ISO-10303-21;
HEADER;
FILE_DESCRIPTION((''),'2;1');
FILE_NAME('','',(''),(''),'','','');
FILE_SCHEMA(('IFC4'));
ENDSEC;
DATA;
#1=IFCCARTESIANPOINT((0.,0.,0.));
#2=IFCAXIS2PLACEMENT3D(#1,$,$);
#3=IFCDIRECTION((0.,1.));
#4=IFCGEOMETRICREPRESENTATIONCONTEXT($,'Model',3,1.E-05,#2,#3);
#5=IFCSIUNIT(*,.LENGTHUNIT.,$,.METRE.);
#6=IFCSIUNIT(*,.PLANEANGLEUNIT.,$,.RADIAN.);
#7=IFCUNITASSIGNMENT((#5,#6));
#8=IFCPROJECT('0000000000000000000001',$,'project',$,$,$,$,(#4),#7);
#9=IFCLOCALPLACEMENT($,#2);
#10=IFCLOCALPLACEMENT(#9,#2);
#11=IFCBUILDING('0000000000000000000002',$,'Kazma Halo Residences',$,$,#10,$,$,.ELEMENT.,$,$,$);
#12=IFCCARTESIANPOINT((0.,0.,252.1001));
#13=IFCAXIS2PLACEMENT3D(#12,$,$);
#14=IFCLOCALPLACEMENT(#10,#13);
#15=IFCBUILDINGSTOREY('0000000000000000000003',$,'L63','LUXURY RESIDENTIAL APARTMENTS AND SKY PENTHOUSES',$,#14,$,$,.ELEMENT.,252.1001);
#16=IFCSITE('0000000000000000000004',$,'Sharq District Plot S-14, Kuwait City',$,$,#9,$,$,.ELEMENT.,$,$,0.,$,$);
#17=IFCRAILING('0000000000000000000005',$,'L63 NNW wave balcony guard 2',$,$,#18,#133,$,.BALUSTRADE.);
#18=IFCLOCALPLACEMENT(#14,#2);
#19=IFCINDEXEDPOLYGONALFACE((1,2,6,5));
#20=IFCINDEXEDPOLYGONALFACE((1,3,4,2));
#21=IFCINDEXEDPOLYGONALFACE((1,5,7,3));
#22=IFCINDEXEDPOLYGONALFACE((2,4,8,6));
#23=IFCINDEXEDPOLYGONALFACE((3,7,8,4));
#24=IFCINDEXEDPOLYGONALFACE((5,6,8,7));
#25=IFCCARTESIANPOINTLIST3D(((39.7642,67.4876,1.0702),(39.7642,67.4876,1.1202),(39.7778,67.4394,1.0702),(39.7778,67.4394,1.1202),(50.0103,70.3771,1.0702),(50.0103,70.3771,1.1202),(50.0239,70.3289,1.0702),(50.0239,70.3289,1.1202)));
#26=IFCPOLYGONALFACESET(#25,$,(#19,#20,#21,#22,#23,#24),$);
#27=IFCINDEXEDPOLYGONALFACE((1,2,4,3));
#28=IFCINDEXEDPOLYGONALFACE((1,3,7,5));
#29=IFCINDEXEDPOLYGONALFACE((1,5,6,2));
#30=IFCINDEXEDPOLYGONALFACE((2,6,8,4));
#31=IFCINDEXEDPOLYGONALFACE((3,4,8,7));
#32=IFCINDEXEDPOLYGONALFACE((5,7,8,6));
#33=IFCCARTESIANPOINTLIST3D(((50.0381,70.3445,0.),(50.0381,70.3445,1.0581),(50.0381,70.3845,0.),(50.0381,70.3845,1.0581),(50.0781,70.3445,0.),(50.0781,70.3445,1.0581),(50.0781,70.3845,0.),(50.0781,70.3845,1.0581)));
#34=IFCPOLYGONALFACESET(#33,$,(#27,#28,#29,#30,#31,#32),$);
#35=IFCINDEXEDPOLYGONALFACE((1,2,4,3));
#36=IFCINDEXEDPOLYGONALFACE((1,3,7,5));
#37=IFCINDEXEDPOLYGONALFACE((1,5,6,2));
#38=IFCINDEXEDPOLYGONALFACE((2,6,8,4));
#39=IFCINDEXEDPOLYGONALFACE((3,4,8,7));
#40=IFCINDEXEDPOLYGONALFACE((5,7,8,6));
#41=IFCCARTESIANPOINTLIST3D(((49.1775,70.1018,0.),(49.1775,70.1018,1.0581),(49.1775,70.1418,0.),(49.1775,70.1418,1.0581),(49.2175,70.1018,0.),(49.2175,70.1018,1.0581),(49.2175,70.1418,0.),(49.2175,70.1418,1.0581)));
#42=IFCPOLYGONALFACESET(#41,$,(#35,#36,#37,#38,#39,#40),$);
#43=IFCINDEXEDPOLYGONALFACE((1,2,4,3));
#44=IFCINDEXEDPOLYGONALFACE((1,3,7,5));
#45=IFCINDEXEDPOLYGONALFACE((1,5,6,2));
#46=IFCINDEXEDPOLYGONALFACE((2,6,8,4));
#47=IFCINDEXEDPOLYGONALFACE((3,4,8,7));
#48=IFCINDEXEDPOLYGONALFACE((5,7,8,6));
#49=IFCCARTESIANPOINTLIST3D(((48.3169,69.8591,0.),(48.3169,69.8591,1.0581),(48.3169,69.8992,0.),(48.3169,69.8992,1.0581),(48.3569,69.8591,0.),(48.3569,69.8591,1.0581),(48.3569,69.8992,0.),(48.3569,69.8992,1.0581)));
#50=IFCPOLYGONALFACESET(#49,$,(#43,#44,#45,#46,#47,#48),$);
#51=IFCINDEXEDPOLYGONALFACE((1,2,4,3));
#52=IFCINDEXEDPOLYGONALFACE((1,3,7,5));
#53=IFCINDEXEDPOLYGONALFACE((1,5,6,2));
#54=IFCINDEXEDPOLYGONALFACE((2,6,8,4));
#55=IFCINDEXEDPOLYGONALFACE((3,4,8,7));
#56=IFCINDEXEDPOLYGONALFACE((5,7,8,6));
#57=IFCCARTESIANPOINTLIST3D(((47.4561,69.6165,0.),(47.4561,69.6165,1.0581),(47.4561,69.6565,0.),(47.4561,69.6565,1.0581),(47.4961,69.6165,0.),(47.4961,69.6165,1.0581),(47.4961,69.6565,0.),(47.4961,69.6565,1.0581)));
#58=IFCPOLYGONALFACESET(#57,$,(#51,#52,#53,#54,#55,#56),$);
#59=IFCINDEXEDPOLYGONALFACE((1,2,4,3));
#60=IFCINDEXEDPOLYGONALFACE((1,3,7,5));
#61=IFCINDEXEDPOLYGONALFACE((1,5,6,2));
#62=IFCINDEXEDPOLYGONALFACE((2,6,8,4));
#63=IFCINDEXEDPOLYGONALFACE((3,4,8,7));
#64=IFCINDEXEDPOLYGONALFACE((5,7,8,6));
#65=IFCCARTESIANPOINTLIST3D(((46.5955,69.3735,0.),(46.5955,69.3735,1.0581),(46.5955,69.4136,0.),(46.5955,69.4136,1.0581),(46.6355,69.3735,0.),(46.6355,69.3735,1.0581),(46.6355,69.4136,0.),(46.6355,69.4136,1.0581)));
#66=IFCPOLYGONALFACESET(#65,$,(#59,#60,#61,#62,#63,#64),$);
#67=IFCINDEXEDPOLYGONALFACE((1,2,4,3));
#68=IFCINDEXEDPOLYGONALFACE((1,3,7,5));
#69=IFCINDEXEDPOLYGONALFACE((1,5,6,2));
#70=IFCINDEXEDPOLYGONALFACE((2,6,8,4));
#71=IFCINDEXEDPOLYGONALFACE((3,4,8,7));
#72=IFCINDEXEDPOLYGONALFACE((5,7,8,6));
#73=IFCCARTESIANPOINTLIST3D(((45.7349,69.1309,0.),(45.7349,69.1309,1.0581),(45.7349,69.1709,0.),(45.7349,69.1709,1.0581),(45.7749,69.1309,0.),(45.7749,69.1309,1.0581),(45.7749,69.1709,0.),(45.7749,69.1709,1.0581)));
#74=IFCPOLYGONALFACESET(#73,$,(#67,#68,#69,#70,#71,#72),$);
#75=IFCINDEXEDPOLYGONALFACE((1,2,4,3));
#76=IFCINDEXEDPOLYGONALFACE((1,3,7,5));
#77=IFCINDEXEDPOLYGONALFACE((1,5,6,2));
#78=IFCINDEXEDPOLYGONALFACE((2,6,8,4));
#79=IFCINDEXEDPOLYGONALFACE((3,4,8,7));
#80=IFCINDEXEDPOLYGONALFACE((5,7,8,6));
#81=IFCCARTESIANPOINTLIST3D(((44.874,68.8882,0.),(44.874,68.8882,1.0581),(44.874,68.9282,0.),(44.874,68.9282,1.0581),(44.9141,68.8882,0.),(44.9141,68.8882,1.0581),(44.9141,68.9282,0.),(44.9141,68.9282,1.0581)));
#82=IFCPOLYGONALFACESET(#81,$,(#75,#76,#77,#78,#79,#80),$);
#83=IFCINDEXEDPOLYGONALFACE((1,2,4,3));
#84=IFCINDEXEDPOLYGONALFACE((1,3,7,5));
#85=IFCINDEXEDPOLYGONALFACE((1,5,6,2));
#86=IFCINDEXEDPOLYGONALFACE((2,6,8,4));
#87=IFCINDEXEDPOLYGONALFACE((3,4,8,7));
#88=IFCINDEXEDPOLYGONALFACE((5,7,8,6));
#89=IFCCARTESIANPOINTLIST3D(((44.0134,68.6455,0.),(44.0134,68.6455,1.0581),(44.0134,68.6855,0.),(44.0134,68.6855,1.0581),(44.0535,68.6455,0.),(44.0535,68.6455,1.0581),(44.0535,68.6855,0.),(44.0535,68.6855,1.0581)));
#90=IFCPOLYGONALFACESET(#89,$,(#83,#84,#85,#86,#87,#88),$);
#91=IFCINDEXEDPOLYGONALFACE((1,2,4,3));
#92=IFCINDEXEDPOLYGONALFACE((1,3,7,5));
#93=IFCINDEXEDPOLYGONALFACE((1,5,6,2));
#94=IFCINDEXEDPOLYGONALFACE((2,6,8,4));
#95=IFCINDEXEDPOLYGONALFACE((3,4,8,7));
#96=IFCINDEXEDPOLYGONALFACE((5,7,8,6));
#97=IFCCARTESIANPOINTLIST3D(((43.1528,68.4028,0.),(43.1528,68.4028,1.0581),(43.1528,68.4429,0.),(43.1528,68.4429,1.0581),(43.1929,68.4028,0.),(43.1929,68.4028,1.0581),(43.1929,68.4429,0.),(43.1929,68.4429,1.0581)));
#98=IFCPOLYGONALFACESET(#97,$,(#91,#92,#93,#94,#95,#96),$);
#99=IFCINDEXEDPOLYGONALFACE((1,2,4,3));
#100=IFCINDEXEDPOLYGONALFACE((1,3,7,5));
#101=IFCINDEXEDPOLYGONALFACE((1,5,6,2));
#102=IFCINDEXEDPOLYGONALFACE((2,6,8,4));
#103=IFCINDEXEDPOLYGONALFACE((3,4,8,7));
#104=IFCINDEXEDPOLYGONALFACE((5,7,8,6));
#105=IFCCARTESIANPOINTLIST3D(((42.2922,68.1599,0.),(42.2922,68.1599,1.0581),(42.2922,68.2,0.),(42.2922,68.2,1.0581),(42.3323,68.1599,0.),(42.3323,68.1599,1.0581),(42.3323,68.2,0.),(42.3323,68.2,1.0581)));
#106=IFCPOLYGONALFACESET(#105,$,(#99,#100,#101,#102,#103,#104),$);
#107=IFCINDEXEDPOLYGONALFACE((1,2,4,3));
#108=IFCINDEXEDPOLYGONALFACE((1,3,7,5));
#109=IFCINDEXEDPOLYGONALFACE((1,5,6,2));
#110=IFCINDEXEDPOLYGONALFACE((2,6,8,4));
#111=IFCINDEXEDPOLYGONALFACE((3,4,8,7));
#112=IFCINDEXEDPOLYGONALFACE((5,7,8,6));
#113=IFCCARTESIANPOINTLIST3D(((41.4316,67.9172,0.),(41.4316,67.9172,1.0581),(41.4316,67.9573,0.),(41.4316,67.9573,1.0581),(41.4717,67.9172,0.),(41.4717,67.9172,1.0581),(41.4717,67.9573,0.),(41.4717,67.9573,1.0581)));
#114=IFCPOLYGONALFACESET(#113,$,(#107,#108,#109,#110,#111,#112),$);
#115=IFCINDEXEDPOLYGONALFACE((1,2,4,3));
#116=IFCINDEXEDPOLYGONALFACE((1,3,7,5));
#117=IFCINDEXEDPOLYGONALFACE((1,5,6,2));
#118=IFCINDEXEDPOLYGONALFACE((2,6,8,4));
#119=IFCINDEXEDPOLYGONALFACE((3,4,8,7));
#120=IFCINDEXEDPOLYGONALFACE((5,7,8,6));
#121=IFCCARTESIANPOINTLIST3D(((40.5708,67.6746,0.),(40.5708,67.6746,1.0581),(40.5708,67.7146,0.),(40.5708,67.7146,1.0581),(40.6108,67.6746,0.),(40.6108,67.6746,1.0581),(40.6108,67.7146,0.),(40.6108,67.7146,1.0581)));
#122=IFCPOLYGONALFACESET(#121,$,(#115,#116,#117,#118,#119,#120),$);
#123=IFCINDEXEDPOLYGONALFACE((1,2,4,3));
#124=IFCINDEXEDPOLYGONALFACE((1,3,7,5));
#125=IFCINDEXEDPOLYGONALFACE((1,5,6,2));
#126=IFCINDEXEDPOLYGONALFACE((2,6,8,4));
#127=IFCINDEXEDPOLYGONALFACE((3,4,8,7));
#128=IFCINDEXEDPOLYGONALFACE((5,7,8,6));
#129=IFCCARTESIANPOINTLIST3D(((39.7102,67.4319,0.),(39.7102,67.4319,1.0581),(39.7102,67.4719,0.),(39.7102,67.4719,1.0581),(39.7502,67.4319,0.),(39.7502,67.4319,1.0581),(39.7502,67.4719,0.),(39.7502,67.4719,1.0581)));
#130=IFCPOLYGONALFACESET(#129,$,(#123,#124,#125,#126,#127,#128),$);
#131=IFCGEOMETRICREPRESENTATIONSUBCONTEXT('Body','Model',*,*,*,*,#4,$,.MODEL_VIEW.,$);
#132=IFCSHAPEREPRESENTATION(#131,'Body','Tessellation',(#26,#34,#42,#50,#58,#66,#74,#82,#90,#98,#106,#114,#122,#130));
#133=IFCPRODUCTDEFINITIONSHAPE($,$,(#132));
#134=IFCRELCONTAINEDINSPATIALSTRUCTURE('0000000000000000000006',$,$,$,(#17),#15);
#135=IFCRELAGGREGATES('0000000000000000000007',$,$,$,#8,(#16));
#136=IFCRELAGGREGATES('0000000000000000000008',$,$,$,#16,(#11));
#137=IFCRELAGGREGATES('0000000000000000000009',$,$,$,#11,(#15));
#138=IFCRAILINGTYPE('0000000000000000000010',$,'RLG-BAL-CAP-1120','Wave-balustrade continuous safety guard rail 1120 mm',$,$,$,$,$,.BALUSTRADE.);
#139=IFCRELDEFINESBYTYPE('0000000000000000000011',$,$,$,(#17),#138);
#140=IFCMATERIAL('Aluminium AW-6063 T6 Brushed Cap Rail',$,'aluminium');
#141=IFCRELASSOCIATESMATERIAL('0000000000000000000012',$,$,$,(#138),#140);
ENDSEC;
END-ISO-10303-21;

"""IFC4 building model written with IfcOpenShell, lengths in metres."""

from ifc_helpers import new_model, si_unit, direction, frame, origin, origin_2d, place, context, subcontext, project, spatial, rectangle, extrude, material, type_object, element, save


model = new_model("IFC4")

# Units and contexts
model_context = context("Model", 3, precision=1e-05, world=origin(), true_north=direction((0.0, 1.0)))
body_context = subcontext(model_context, "Body", "Model", "MODEL_VIEW")
ifc_project = project(units=[si_unit("LENGTHUNIT", "METRE"), si_unit("PLANEANGLEUNIT", "RADIAN")], contexts=[model_context])

# Site, building, storey
site_placement = place(None, origin())
site = spatial("IfcSite", under=ifc_project, at=site_placement, Name="Sharq District Plot S-14, Kuwait City", CompositionType="ELEMENT", RefElevation=0.0)
building_placement = place(site_placement, origin())
building = spatial("IfcBuilding", under=site, at=building_placement, Name="Kazma Halo Residences", CompositionType="ELEMENT")
storey_placement = place(building_placement, frame((0.0, 0.0, 252.1001)))
storey = spatial("IfcBuildingStorey", under=building, at=storey_placement, Name="L63", Description="LUXURY RESIDENTIAL APARTMENTS AND SKY PENTHOUSES", CompositionType="ELEMENT", Elevation=252.1001)

# Railing
ifc_material_1 = material(Name="Aluminium AW-6063 T6 Brushed Cap Rail", Category="aluminium")
railing_type = type_object("IfcRailingType", Name="RLG-BAL-CAP-1120", Description="Wave-balustrade continuous safety guard rail 1120 mm", PredefinedType="BALUSTRADE", material=ifc_material_1)
railing_1_placement = place(storey_placement, frame((50.0581, 70.3645, 0.0)))
element("IfcRailing", 1, at=railing_1_placement, inside=storey, type_object=railing_type, Name="L63 NNW wave balcony guard 2", PredefinedType="BALUSTRADE", context=body_context, shape_type="SweptSolid", body=[
    extrude(rectangle(XDim=0.05, YDim=0.05, at=origin_2d()), frame((-0.041, -0.0115, 1.0952), z_axis=(-0.962459, -0.271426, 0.0), x_axis=(0.271426, -0.962459, 0.0)), (0.0, 0.0, 1.0), 10.6458),
    extrude(rectangle(XDim=0.04, YDim=0.04, at=origin_2d()), origin(), (0.0, 0.0, 1.0), 1.0581),
    extrude(rectangle(XDim=0.04, YDim=0.04, at=origin_2d()), frame((-0.8606, -0.2427, 0.0)), (0.0, 0.0, 1.0), 1.0581),
    extrude(rectangle(XDim=0.04, YDim=0.04, at=origin_2d()), frame((-1.7212, -0.4854, 0.0)), (0.0, 0.0, 1.0), 1.0581),
    extrude(rectangle(XDim=0.04, YDim=0.04, at=origin_2d()), frame((-2.582, -0.728, 0.0)), (0.0, 0.0, 1.0), 1.0581),
    extrude(rectangle(XDim=0.04, YDim=0.04, at=origin_2d()), frame((-3.4426, -0.9709, 0.0)), (0.0, 0.0, 1.0), 1.0581),
    extrude(rectangle(XDim=0.04, YDim=0.04, at=origin_2d()), frame((-4.3032, -1.2136, 0.0)), (0.0, 0.0, 1.0), 1.0581),
    extrude(rectangle(XDim=0.04, YDim=0.04, at=origin_2d()), frame((-5.1641, -1.4563, 0.0)), (0.0, 0.0, 1.0), 1.0581),
    extrude(rectangle(XDim=0.04, YDim=0.04, at=origin_2d()), frame((-6.0247, -1.699, 0.0)), (0.0, 0.0, 1.0), 1.0581),
    extrude(rectangle(XDim=0.04, YDim=0.04, at=origin_2d()), frame((-6.8853, -1.9417, 0.0)), (0.0, 0.0, 1.0), 1.0581),
    extrude(rectangle(XDim=0.04, YDim=0.04, at=origin_2d()), frame((-7.7458, -2.1846, 0.0)), (0.0, 0.0, 1.0), 1.0581),
    extrude(rectangle(XDim=0.04, YDim=0.04, at=origin_2d()), frame((-8.6064, -2.4272, 0.0)), (0.0, 0.0, 1.0), 1.0581),
    extrude(rectangle(XDim=0.04, YDim=0.04, at=origin_2d()), frame((-9.4673, -2.6699, 0.0)), (0.0, 0.0, 1.0), 1.0581),
    extrude(rectangle(XDim=0.04, YDim=0.04, at=origin_2d()), frame((-10.3279, -2.9126, 0.0)), (0.0, 0.0, 1.0), 1.0581),
])

save(model, "model.ifc")
